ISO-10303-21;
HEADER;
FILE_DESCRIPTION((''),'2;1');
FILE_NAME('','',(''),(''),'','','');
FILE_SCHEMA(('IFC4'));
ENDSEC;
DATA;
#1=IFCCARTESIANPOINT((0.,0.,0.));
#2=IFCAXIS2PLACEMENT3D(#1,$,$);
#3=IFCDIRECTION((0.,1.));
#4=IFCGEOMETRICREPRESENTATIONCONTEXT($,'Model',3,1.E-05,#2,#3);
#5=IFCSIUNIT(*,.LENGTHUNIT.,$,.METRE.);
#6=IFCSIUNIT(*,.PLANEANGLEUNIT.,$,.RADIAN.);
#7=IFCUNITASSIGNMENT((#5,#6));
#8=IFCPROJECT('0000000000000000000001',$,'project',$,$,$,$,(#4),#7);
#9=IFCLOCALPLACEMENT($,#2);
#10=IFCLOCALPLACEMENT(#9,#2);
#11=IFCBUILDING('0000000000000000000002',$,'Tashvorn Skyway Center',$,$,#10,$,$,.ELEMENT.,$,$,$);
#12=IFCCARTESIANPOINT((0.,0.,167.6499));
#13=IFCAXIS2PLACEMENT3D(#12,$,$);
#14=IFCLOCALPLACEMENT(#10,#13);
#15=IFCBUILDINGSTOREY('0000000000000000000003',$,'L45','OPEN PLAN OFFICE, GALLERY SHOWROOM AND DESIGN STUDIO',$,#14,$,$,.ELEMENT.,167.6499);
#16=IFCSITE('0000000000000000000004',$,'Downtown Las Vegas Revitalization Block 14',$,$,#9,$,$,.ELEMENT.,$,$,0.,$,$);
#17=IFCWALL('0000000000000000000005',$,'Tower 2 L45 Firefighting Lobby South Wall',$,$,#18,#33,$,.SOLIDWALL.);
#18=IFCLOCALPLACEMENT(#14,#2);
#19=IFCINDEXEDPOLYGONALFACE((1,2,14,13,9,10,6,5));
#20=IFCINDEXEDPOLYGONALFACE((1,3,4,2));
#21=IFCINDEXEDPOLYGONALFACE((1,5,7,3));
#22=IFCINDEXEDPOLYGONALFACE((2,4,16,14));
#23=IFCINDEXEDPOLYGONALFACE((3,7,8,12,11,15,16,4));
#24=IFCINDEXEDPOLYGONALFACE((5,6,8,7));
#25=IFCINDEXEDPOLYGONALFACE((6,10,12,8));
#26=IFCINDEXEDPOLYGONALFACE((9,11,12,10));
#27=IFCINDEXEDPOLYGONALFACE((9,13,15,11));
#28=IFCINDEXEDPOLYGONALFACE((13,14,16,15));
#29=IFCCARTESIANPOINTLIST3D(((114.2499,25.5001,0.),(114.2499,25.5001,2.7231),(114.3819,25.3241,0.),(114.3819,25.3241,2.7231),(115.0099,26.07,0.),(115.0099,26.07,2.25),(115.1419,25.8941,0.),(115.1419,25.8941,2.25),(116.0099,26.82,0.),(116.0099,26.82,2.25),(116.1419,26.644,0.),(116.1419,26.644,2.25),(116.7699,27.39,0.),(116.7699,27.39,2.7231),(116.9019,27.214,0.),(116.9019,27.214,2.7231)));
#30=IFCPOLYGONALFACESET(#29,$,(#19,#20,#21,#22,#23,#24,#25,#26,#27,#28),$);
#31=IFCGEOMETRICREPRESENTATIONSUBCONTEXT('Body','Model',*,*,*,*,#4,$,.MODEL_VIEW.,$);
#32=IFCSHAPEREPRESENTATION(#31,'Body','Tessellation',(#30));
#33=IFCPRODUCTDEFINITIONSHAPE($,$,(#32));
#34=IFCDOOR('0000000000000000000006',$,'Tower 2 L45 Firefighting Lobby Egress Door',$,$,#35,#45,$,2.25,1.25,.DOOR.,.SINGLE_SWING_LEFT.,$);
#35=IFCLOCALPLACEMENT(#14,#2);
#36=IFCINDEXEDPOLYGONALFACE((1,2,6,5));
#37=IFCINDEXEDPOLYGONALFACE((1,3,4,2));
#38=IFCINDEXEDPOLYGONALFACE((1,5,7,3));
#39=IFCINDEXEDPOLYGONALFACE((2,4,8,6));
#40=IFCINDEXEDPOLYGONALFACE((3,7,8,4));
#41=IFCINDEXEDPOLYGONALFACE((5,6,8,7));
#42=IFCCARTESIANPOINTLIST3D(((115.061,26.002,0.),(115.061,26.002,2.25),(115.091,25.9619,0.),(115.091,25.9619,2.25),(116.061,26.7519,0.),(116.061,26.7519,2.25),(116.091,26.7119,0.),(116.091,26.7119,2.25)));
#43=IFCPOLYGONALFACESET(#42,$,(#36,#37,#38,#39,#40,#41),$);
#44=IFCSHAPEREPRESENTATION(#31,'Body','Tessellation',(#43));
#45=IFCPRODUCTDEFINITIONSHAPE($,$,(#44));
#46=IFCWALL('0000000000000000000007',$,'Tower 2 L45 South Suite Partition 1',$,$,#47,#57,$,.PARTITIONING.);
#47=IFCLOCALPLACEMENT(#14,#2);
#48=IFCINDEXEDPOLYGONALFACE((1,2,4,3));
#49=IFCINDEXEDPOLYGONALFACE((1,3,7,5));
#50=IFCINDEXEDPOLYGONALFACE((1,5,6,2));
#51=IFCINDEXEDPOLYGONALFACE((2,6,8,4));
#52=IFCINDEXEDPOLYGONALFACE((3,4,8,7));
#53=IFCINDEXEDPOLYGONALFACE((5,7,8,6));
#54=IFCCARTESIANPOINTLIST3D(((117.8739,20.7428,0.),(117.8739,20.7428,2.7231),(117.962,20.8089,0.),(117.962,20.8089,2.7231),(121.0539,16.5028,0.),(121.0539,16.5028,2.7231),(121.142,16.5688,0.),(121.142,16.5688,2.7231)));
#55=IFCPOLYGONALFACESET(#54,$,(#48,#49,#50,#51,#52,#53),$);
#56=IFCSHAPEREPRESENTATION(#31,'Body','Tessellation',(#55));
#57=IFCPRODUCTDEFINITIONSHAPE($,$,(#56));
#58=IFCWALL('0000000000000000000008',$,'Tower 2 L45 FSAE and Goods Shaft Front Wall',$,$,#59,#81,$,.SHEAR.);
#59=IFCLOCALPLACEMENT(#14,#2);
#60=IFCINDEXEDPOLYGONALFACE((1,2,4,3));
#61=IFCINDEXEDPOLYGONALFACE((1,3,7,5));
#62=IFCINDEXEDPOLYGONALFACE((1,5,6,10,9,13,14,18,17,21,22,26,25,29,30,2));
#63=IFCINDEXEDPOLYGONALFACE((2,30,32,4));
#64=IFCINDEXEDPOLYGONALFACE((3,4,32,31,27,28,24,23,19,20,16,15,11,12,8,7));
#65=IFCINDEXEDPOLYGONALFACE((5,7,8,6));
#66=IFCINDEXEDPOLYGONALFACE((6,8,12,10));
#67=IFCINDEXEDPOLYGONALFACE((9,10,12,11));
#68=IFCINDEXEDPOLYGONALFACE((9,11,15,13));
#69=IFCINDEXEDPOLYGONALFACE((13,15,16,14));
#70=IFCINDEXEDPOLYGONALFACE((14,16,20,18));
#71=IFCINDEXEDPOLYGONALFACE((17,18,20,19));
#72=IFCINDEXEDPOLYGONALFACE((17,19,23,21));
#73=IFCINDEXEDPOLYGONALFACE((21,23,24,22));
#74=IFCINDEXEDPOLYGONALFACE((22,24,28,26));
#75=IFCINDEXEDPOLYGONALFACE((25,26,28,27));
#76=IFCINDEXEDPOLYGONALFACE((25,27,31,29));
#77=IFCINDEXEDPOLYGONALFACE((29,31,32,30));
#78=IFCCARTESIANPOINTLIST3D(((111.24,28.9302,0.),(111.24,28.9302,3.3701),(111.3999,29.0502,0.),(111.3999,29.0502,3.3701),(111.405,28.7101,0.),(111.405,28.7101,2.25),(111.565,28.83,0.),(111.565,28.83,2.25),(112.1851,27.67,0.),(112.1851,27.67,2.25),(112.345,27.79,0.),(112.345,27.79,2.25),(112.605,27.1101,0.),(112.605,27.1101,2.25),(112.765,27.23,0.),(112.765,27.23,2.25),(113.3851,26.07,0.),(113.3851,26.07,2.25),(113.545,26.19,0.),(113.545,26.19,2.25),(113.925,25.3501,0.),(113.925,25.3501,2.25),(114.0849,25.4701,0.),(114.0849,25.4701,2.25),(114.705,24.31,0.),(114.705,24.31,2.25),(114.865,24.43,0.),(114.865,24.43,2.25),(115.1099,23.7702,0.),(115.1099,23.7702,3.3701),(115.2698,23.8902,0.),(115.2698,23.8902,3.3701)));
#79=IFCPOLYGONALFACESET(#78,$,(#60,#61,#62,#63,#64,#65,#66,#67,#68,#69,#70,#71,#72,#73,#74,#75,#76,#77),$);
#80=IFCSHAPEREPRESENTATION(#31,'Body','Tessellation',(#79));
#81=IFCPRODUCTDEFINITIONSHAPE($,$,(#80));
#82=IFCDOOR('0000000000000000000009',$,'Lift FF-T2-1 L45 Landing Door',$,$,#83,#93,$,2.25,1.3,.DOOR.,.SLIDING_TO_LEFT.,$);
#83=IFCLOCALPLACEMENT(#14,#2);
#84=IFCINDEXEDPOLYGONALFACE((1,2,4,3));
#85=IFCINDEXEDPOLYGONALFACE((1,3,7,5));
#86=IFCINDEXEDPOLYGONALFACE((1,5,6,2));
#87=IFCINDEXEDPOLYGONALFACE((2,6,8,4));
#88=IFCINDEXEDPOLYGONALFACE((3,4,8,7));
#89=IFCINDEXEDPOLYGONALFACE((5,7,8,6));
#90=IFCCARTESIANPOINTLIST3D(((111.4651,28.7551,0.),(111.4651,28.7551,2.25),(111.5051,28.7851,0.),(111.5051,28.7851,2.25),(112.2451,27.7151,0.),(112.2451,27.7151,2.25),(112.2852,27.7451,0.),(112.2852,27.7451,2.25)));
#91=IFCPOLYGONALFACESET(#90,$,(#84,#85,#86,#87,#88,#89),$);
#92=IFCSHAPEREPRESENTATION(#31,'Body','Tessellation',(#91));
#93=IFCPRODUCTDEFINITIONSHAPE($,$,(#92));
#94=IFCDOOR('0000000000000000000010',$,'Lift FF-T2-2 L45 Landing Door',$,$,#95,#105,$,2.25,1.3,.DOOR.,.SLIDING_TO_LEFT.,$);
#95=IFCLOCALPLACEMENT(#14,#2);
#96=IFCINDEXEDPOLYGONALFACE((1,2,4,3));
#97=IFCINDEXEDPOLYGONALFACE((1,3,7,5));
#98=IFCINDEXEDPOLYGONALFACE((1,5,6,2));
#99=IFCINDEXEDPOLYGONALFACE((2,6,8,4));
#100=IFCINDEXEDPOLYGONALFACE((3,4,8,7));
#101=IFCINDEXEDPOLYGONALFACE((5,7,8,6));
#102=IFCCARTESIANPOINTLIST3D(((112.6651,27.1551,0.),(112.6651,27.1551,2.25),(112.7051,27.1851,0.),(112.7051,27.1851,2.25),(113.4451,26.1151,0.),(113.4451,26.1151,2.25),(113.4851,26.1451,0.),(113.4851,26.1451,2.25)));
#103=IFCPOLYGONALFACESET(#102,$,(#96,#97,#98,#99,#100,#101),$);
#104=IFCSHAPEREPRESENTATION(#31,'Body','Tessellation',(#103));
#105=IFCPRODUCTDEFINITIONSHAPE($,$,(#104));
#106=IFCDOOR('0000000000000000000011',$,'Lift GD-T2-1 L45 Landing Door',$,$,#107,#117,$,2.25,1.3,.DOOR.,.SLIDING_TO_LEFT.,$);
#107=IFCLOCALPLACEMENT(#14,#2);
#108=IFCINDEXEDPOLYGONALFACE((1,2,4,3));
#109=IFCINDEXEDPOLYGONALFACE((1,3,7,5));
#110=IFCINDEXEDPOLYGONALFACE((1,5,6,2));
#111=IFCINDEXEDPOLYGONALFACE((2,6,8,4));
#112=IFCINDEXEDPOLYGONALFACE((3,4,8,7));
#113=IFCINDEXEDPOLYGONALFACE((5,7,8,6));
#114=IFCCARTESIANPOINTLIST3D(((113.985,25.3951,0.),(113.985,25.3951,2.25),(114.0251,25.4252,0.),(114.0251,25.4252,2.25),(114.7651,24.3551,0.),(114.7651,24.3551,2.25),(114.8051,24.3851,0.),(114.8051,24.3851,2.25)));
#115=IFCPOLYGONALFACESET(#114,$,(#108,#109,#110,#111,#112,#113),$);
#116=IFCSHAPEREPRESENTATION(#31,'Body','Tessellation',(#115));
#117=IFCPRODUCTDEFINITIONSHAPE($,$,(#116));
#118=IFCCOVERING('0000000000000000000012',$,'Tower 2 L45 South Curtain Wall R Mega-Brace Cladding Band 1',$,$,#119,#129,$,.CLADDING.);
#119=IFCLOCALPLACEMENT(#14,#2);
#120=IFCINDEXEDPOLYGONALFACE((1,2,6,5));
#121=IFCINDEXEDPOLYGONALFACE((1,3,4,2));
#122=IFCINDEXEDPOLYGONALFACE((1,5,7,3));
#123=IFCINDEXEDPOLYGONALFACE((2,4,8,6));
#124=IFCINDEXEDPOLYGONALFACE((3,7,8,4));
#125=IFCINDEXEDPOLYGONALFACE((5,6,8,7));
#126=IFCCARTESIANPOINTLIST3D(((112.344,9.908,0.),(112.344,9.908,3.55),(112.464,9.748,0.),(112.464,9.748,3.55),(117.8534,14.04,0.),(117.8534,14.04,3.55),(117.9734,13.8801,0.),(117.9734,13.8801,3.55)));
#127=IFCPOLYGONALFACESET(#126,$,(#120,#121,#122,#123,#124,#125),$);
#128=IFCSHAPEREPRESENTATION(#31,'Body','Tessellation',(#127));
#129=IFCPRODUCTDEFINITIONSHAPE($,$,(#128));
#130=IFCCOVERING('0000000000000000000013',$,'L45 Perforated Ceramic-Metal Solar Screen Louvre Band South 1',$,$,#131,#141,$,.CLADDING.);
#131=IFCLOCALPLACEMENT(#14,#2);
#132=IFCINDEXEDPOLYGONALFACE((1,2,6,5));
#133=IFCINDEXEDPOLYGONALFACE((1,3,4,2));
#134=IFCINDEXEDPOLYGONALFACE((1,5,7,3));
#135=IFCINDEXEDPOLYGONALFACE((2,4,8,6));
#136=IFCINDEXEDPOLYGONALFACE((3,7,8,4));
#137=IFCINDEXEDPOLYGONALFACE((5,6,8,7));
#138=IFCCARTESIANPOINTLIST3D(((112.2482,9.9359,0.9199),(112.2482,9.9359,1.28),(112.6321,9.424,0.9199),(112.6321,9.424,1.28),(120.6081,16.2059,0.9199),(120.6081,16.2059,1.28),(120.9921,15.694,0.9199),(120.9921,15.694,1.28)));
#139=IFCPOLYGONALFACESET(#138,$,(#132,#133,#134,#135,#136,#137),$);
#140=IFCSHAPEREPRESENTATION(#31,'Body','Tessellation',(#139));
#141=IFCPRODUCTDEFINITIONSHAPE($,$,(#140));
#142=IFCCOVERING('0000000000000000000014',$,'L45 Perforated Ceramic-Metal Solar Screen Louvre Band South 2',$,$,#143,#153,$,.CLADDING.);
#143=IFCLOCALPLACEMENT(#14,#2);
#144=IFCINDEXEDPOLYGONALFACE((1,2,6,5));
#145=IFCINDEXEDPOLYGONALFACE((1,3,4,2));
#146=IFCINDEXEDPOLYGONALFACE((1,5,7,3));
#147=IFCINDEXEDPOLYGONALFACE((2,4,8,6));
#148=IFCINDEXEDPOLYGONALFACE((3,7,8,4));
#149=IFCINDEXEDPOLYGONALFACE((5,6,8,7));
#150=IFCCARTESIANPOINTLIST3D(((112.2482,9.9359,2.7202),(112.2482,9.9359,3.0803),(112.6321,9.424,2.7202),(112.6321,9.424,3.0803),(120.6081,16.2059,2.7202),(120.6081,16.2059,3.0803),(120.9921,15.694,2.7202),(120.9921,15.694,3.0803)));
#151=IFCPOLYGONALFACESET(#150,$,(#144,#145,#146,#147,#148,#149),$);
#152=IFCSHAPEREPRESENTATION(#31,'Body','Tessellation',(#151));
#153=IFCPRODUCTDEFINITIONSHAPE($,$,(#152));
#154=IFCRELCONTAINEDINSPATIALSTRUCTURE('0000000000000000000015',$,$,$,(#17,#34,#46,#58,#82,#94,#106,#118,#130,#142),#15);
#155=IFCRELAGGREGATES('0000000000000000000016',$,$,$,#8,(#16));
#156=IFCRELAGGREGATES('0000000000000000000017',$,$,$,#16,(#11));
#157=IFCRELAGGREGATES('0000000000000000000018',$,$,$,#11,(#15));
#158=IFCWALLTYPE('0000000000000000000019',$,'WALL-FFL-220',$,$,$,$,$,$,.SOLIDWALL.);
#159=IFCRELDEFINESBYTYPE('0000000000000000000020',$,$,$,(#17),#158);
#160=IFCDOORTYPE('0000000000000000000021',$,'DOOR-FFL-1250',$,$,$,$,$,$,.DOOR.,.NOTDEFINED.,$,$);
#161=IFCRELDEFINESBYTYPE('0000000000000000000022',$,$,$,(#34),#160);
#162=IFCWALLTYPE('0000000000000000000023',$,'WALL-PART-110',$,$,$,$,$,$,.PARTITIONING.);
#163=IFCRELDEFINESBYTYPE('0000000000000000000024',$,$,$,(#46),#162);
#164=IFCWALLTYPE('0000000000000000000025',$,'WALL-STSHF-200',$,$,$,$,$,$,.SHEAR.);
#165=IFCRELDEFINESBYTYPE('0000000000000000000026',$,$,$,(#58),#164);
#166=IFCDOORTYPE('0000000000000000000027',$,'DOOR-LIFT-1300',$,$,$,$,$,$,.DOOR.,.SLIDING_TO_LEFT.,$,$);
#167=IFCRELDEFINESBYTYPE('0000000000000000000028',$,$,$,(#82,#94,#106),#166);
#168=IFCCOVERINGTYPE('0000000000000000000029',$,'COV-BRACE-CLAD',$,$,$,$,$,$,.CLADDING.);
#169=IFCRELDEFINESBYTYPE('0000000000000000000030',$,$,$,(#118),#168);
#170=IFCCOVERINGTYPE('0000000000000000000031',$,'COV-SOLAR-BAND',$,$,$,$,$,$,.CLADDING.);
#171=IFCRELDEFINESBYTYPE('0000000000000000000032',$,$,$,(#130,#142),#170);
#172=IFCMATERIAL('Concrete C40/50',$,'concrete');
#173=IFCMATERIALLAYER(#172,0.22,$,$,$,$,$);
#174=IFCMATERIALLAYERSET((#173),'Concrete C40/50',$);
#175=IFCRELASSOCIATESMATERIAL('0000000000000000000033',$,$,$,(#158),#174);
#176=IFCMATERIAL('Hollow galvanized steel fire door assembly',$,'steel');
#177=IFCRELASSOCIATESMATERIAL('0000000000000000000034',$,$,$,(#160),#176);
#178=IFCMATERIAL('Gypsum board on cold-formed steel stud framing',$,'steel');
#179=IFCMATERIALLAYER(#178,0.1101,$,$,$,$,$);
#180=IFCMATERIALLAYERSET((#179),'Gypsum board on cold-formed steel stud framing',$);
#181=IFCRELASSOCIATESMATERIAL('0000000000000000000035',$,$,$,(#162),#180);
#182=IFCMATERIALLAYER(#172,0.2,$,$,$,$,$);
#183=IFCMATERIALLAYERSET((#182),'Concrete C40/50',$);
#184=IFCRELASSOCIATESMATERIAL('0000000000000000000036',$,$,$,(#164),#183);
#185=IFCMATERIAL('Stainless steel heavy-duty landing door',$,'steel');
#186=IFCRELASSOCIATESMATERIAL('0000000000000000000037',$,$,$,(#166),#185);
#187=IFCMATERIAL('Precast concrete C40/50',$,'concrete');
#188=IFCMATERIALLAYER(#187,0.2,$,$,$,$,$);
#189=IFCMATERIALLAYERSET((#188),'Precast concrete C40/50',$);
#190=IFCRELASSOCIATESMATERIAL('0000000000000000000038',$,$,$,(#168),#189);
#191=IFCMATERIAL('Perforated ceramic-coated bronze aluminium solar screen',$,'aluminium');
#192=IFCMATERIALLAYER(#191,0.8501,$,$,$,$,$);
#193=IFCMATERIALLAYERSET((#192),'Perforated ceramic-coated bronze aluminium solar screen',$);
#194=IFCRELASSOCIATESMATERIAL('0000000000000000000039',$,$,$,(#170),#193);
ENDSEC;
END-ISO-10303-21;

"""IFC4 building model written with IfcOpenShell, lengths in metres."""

from ifc_helpers import new_model, si_unit, direction, frame, frame_2d, origin, origin_2d, place, context, subcontext, project, spatial, rectangle, extrude, material, layer, layer_set, type_object, element, fill, save


model = new_model("IFC4")

# Units and contexts
model_context = context("Model", 3, precision=1e-05, world=origin(), true_north=direction((0.0, 1.0)))
body_context = subcontext(model_context, "Body", "Model", "MODEL_VIEW")
ifc_project = project(units=[si_unit("LENGTHUNIT", "METRE"), si_unit("PLANEANGLEUNIT", "RADIAN")], contexts=[model_context])

# Site, building, storey
site_placement = place(None, origin())
site = spatial("IfcSite", under=ifc_project, at=site_placement, Name="Downtown Las Vegas Revitalization Block 14", CompositionType="ELEMENT", RefElevation=0.0)
building_placement = place(site_placement, origin())
building = spatial("IfcBuilding", under=site, at=building_placement, Name="Tashvorn Skyway Center", CompositionType="ELEMENT")
storey_placement = place(building_placement, frame((0.0, 0.0, 167.6499)))
storey = spatial("IfcBuildingStorey", under=building, at=storey_placement, Name="L45", Description="OPEN PLAN OFFICE, GALLERY SHOWROOM AND DESIGN STUDIO", CompositionType="ELEMENT", Elevation=167.6499)

# Wall, opening, door
ifc_material_1 = material(Name="Concrete C40/50", Category="concrete")
ifc_layer_1 = layer(ifc_material_1, 0.22)
ifc_layer_set_1 = layer_set([ifc_layer_1], Name="Concrete C40/50")
wall_type_1 = type_object("IfcWallType", Name="WALL-FFL-220", PredefinedType="SOLIDWALL", material=ifc_layer_set_1)
wall_1_placement = place(storey_placement, frame((114.3159, 25.4121, 0.0), z_axis=(0.0, 0.0, 1.0), x_axis=(0.800019, 0.599975, 0.0)))
wall_1 = element("IfcWall", 1, at=wall_1_placement, inside=storey, type_object=wall_type_1, Name="Tower 2 L45 Firefighting Lobby South Wall", PredefinedType="SOLIDWALL", context=body_context, shape_type="SweptSolid", body=[
    extrude(rectangle(XDim=3.1499, YDim=0.22, at=frame_2d((1.575, 0.0))), origin(), (0.0, 0.0, 1.0), 2.7231),
])
opening_1_placement = place(wall_1_placement, frame((0.95, 0.0, 0.0)))
opening_1 = element("IfcOpeningElement", 2, at=opening_1_placement, cuts=wall_1, PredefinedType="OPENING", context=body_context, shape_type="SweptSolid", body=[
    extrude(rectangle(XDim=1.25, YDim=2.25, at=frame_2d((0.625, 1.125))), frame((0.0, 0.1199, 0.0), z_axis=(0.0, -1.0, 0.0), x_axis=(1.0, 0.0, 0.0)), (0.0, 0.0, 1.0), 0.24),
])
ifc_material_2 = material(Name="Hollow galvanized steel fire door assembly", Category="steel")
door_type_1 = type_object("IfcDoorType", Name="DOOR-FFL-1250", OperationType="NOTDEFINED", PredefinedType="DOOR", material=ifc_material_2)
door_1_placement = place(opening_1_placement, origin())
door_1 = element("IfcDoor", 3, at=door_1_placement, inside=storey, type_object=door_type_1, Name="Tower 2 L45 Firefighting Lobby Egress Door", OperationType="SINGLE_SWING_LEFT", OverallHeight=2.25, OverallWidth=1.25, PredefinedType="DOOR", context=body_context, shape_type="SweptSolid", body=[
    extrude(rectangle(XDim=1.25, YDim=2.25, at=frame_2d((0.625, 1.125))), frame((0.0, 0.0249, 0.0), z_axis=(0.0, -1.0, 0.0), x_axis=(1.0, 0.0, 0.0)), (0.0, 0.0, 1.0), 0.05),
])
fill(opening_1, door_1)

# Wall
ifc_material_3 = material(Name="Gypsum board on cold-formed steel stud framing", Category="steel")
ifc_layer_2 = layer(ifc_material_3, 0.1101)
ifc_layer_set_2 = layer_set([ifc_layer_2], Name="Gypsum board on cold-formed steel stud framing")
wall_type_2 = type_object("IfcWallType", Name="WALL-PART-110", PredefinedType="PARTITIONING", material=ifc_layer_set_2)
wall_2_placement = place(storey_placement, frame((121.0979, 16.5359, 0.0), z_axis=(0.0, 0.0, 1.0), x_axis=(-0.599993, 0.800006, 0.0)))
element("IfcWall", 4, at=wall_2_placement, inside=storey, type_object=wall_type_2, Name="Tower 2 L45 South Suite Partition 1", PredefinedType="PARTITIONING", context=body_context, shape_type="SweptSolid", body=[
    extrude(rectangle(XDim=5.3, YDim=0.1101, at=frame_2d((2.6499, 0.0))), origin(), (0.0, 0.0, 1.0), 2.7231),
])

# Wall, openings, doors
ifc_layer_3 = layer(ifc_material_1, 0.2)
ifc_layer_set_3 = layer_set([ifc_layer_3], Name="Concrete C40/50")
wall_type_3 = type_object("IfcWallType", Name="WALL-STSHF-200", PredefinedType="SHEAR", material=ifc_layer_set_3)
wall_3_placement = place(storey_placement, frame((115.1899, 23.8301, 0.0), z_axis=(0.0, 0.0, 1.0), x_axis=(-0.599994, 0.800005, 0.0)))
wall_3 = element("IfcWall", 5, at=wall_3_placement, inside=storey, type_object=wall_type_3, Name="Tower 2 L45 FSAE and Goods Shaft Front Wall", PredefinedType="SHEAR", context=body_context, shape_type="SweptSolid", body=[
    extrude(rectangle(XDim=6.45, YDim=0.2, at=frame_2d((3.2251, 0.0))), origin(), (0.0, 0.0, 1.0), 3.3701),
])
opening_2_placement = place(wall_3_placement, frame((4.875, 0.0, 0.0)))
opening_2 = element("IfcOpeningElement", 6, at=opening_2_placement, cuts=wall_3, PredefinedType="OPENING", context=body_context, shape_type="SweptSolid", body=[
    extrude(rectangle(XDim=1.3, YDim=2.25, at=frame_2d((0.6499, 1.125))), frame((0.0, 0.1099, 0.0), z_axis=(0.0, -1.0, 0.0), x_axis=(1.0, 0.0, 0.0)), (0.0, 0.0, 1.0), 0.22),
])
opening_3_placement = place(wall_3_placement, frame((2.875, 0.0, 0.0)))
opening_3 = element("IfcOpeningElement", 7, at=opening_3_placement, cuts=wall_3, PredefinedType="OPENING", context=body_context, shape_type="SweptSolid", body=[
    extrude(rectangle(XDim=1.3, YDim=2.25, at=frame_2d((0.6499, 1.125))), frame((0.0, 0.1099, 0.0), z_axis=(0.0, -1.0, 0.0), x_axis=(1.0, 0.0, 0.0)), (0.0, 0.0, 1.0), 0.22),
])
opening_4_placement = place(wall_3_placement, frame((0.675, 0.0, 0.0)))
opening_4 = element("IfcOpeningElement", 8, at=opening_4_placement, cuts=wall_3, PredefinedType="OPENING", context=body_context, shape_type="SweptSolid", body=[
    extrude(rectangle(XDim=1.3, YDim=2.25, at=frame_2d((0.6499, 1.125))), frame((0.0, 0.1099, 0.0), z_axis=(0.0, -1.0, 0.0), x_axis=(1.0, 0.0, 0.0)), (0.0, 0.0, 1.0), 0.22),
])
ifc_material_4 = material(Name="Stainless steel heavy-duty landing door", Category="steel")
door_type_2 = type_object("IfcDoorType", Name="DOOR-LIFT-1300", OperationType="SLIDING_TO_LEFT", PredefinedType="DOOR", material=ifc_material_4)
door_2_placement = place(opening_2_placement, origin())
door_2 = element("IfcDoor", 9, at=door_2_placement, inside=storey, type_object=door_type_2, Name="Lift FF-T2-1 L45 Landing Door", OperationType="SLIDING_TO_LEFT", OverallHeight=2.25, OverallWidth=1.3, PredefinedType="DOOR", context=body_context, shape_type="SweptSolid", body=[
    extrude(rectangle(XDim=1.3, YDim=2.25, at=frame_2d((0.6499, 1.125))), frame((0.0, 0.0249, 0.0), z_axis=(0.0, -1.0, 0.0), x_axis=(1.0, 0.0, 0.0)), (0.0, 0.0, 1.0), 0.05),
])
fill(opening_2, door_2)
door_3_placement = place(opening_3_placement, origin())
door_3 = element("IfcDoor", 10, at=door_3_placement, inside=storey, type_object=door_type_2, Name="Lift FF-T2-2 L45 Landing Door", OperationType="SLIDING_TO_LEFT", OverallHeight=2.25, OverallWidth=1.3, PredefinedType="DOOR", context=body_context, shape_type="SweptSolid", body=[
    extrude(rectangle(XDim=1.3, YDim=2.25, at=frame_2d((0.6499, 1.125))), frame((0.0, 0.0249, 0.0), z_axis=(0.0, -1.0, 0.0), x_axis=(1.0, 0.0, 0.0)), (0.0, 0.0, 1.0), 0.05),
])
fill(opening_3, door_3)
door_4_placement = place(opening_4_placement, origin())
door_4 = element("IfcDoor", 11, at=door_4_placement, inside=storey, type_object=door_type_2, Name="Lift GD-T2-1 L45 Landing Door", OperationType="SLIDING_TO_LEFT", OverallHeight=2.25, OverallWidth=1.3, PredefinedType="DOOR", context=body_context, shape_type="SweptSolid", body=[
    extrude(rectangle(XDim=1.3, YDim=2.25, at=frame_2d((0.6499, 1.125))), frame((0.0, 0.0249, 0.0), z_axis=(0.0, -1.0, 0.0), x_axis=(1.0, 0.0, 0.0)), (0.0, 0.0, 1.0), 0.05),
])
fill(opening_4, door_4)

# Coverings
ifc_material_5 = material(Name="Precast concrete C40/50", Category="concrete")
ifc_layer_4 = layer(ifc_material_5, 0.2)
ifc_layer_set_4 = layer_set([ifc_layer_4], Name="Precast concrete C40/50")
covering_type_1 = type_object("IfcCoveringType", Name="COV-BRACE-CLAD", PredefinedType="CLADDING", material=ifc_layer_set_4)
covering_placement = place(storey_placement, frame((115.1587, 11.894, 0.0), z_axis=(0.0, 0.0, 1.0), x_axis=(-0.8, -0.6, 0.0)))
element("IfcCovering", 12, at=covering_placement, inside=storey, type_object=covering_type_1, Name="Tower 2 L45 South Curtain Wall R Mega-Brace Cladding Band 1", PredefinedType="CLADDING", context=body_context, shape_type="SweptSolid", body=[
    extrude(rectangle(XDim=6.8867, YDim=0.2, at=origin_2d()), origin(), (0.0, 0.0, 1.0), 3.55),
])
ifc_material_6 = material(Name="Perforated ceramic-coated bronze aluminium solar screen", Category="aluminium")
ifc_layer_5 = layer(ifc_material_6, 0.8501)
ifc_layer_set_5 = layer_set([ifc_layer_5], Name="Perforated ceramic-coated bronze aluminium solar screen")
covering_type_2 = type_object("IfcCoveringType", Name="COV-SOLAR-BAND", PredefinedType="CLADDING", material=ifc_layer_set_5)
for number, where, z_axis, x_axis, name in (
    (13, (116.6201, 12.8149, 0.9199), (0.0, 0.0, 1.0), (-0.8, -0.6, 0.0), "L45 Perforated Ceramic-Metal Solar Screen Louvre Band South 1"),
    (14, (116.6201, 12.8149, 2.7202), (0.0, 0.0, 1.0), (-0.8, -0.6, 0.0), "L45 Perforated Ceramic-Metal Solar Screen Louvre Band South 2"),
):
    element("IfcCovering", number, at=place(storey_placement, frame(where, z_axis=z_axis, x_axis=x_axis)), inside=storey, type_object=covering_type_2, Name=name, PredefinedType="CLADDING", context=body_context, shape_type="SweptSolid", body=[
        extrude(rectangle(XDim=10.45, YDim=0.6399, at=origin_2d()), origin(), (0.0, 0.0, 1.0), 0.3601),
    ])

save(model, "model.ifc")
